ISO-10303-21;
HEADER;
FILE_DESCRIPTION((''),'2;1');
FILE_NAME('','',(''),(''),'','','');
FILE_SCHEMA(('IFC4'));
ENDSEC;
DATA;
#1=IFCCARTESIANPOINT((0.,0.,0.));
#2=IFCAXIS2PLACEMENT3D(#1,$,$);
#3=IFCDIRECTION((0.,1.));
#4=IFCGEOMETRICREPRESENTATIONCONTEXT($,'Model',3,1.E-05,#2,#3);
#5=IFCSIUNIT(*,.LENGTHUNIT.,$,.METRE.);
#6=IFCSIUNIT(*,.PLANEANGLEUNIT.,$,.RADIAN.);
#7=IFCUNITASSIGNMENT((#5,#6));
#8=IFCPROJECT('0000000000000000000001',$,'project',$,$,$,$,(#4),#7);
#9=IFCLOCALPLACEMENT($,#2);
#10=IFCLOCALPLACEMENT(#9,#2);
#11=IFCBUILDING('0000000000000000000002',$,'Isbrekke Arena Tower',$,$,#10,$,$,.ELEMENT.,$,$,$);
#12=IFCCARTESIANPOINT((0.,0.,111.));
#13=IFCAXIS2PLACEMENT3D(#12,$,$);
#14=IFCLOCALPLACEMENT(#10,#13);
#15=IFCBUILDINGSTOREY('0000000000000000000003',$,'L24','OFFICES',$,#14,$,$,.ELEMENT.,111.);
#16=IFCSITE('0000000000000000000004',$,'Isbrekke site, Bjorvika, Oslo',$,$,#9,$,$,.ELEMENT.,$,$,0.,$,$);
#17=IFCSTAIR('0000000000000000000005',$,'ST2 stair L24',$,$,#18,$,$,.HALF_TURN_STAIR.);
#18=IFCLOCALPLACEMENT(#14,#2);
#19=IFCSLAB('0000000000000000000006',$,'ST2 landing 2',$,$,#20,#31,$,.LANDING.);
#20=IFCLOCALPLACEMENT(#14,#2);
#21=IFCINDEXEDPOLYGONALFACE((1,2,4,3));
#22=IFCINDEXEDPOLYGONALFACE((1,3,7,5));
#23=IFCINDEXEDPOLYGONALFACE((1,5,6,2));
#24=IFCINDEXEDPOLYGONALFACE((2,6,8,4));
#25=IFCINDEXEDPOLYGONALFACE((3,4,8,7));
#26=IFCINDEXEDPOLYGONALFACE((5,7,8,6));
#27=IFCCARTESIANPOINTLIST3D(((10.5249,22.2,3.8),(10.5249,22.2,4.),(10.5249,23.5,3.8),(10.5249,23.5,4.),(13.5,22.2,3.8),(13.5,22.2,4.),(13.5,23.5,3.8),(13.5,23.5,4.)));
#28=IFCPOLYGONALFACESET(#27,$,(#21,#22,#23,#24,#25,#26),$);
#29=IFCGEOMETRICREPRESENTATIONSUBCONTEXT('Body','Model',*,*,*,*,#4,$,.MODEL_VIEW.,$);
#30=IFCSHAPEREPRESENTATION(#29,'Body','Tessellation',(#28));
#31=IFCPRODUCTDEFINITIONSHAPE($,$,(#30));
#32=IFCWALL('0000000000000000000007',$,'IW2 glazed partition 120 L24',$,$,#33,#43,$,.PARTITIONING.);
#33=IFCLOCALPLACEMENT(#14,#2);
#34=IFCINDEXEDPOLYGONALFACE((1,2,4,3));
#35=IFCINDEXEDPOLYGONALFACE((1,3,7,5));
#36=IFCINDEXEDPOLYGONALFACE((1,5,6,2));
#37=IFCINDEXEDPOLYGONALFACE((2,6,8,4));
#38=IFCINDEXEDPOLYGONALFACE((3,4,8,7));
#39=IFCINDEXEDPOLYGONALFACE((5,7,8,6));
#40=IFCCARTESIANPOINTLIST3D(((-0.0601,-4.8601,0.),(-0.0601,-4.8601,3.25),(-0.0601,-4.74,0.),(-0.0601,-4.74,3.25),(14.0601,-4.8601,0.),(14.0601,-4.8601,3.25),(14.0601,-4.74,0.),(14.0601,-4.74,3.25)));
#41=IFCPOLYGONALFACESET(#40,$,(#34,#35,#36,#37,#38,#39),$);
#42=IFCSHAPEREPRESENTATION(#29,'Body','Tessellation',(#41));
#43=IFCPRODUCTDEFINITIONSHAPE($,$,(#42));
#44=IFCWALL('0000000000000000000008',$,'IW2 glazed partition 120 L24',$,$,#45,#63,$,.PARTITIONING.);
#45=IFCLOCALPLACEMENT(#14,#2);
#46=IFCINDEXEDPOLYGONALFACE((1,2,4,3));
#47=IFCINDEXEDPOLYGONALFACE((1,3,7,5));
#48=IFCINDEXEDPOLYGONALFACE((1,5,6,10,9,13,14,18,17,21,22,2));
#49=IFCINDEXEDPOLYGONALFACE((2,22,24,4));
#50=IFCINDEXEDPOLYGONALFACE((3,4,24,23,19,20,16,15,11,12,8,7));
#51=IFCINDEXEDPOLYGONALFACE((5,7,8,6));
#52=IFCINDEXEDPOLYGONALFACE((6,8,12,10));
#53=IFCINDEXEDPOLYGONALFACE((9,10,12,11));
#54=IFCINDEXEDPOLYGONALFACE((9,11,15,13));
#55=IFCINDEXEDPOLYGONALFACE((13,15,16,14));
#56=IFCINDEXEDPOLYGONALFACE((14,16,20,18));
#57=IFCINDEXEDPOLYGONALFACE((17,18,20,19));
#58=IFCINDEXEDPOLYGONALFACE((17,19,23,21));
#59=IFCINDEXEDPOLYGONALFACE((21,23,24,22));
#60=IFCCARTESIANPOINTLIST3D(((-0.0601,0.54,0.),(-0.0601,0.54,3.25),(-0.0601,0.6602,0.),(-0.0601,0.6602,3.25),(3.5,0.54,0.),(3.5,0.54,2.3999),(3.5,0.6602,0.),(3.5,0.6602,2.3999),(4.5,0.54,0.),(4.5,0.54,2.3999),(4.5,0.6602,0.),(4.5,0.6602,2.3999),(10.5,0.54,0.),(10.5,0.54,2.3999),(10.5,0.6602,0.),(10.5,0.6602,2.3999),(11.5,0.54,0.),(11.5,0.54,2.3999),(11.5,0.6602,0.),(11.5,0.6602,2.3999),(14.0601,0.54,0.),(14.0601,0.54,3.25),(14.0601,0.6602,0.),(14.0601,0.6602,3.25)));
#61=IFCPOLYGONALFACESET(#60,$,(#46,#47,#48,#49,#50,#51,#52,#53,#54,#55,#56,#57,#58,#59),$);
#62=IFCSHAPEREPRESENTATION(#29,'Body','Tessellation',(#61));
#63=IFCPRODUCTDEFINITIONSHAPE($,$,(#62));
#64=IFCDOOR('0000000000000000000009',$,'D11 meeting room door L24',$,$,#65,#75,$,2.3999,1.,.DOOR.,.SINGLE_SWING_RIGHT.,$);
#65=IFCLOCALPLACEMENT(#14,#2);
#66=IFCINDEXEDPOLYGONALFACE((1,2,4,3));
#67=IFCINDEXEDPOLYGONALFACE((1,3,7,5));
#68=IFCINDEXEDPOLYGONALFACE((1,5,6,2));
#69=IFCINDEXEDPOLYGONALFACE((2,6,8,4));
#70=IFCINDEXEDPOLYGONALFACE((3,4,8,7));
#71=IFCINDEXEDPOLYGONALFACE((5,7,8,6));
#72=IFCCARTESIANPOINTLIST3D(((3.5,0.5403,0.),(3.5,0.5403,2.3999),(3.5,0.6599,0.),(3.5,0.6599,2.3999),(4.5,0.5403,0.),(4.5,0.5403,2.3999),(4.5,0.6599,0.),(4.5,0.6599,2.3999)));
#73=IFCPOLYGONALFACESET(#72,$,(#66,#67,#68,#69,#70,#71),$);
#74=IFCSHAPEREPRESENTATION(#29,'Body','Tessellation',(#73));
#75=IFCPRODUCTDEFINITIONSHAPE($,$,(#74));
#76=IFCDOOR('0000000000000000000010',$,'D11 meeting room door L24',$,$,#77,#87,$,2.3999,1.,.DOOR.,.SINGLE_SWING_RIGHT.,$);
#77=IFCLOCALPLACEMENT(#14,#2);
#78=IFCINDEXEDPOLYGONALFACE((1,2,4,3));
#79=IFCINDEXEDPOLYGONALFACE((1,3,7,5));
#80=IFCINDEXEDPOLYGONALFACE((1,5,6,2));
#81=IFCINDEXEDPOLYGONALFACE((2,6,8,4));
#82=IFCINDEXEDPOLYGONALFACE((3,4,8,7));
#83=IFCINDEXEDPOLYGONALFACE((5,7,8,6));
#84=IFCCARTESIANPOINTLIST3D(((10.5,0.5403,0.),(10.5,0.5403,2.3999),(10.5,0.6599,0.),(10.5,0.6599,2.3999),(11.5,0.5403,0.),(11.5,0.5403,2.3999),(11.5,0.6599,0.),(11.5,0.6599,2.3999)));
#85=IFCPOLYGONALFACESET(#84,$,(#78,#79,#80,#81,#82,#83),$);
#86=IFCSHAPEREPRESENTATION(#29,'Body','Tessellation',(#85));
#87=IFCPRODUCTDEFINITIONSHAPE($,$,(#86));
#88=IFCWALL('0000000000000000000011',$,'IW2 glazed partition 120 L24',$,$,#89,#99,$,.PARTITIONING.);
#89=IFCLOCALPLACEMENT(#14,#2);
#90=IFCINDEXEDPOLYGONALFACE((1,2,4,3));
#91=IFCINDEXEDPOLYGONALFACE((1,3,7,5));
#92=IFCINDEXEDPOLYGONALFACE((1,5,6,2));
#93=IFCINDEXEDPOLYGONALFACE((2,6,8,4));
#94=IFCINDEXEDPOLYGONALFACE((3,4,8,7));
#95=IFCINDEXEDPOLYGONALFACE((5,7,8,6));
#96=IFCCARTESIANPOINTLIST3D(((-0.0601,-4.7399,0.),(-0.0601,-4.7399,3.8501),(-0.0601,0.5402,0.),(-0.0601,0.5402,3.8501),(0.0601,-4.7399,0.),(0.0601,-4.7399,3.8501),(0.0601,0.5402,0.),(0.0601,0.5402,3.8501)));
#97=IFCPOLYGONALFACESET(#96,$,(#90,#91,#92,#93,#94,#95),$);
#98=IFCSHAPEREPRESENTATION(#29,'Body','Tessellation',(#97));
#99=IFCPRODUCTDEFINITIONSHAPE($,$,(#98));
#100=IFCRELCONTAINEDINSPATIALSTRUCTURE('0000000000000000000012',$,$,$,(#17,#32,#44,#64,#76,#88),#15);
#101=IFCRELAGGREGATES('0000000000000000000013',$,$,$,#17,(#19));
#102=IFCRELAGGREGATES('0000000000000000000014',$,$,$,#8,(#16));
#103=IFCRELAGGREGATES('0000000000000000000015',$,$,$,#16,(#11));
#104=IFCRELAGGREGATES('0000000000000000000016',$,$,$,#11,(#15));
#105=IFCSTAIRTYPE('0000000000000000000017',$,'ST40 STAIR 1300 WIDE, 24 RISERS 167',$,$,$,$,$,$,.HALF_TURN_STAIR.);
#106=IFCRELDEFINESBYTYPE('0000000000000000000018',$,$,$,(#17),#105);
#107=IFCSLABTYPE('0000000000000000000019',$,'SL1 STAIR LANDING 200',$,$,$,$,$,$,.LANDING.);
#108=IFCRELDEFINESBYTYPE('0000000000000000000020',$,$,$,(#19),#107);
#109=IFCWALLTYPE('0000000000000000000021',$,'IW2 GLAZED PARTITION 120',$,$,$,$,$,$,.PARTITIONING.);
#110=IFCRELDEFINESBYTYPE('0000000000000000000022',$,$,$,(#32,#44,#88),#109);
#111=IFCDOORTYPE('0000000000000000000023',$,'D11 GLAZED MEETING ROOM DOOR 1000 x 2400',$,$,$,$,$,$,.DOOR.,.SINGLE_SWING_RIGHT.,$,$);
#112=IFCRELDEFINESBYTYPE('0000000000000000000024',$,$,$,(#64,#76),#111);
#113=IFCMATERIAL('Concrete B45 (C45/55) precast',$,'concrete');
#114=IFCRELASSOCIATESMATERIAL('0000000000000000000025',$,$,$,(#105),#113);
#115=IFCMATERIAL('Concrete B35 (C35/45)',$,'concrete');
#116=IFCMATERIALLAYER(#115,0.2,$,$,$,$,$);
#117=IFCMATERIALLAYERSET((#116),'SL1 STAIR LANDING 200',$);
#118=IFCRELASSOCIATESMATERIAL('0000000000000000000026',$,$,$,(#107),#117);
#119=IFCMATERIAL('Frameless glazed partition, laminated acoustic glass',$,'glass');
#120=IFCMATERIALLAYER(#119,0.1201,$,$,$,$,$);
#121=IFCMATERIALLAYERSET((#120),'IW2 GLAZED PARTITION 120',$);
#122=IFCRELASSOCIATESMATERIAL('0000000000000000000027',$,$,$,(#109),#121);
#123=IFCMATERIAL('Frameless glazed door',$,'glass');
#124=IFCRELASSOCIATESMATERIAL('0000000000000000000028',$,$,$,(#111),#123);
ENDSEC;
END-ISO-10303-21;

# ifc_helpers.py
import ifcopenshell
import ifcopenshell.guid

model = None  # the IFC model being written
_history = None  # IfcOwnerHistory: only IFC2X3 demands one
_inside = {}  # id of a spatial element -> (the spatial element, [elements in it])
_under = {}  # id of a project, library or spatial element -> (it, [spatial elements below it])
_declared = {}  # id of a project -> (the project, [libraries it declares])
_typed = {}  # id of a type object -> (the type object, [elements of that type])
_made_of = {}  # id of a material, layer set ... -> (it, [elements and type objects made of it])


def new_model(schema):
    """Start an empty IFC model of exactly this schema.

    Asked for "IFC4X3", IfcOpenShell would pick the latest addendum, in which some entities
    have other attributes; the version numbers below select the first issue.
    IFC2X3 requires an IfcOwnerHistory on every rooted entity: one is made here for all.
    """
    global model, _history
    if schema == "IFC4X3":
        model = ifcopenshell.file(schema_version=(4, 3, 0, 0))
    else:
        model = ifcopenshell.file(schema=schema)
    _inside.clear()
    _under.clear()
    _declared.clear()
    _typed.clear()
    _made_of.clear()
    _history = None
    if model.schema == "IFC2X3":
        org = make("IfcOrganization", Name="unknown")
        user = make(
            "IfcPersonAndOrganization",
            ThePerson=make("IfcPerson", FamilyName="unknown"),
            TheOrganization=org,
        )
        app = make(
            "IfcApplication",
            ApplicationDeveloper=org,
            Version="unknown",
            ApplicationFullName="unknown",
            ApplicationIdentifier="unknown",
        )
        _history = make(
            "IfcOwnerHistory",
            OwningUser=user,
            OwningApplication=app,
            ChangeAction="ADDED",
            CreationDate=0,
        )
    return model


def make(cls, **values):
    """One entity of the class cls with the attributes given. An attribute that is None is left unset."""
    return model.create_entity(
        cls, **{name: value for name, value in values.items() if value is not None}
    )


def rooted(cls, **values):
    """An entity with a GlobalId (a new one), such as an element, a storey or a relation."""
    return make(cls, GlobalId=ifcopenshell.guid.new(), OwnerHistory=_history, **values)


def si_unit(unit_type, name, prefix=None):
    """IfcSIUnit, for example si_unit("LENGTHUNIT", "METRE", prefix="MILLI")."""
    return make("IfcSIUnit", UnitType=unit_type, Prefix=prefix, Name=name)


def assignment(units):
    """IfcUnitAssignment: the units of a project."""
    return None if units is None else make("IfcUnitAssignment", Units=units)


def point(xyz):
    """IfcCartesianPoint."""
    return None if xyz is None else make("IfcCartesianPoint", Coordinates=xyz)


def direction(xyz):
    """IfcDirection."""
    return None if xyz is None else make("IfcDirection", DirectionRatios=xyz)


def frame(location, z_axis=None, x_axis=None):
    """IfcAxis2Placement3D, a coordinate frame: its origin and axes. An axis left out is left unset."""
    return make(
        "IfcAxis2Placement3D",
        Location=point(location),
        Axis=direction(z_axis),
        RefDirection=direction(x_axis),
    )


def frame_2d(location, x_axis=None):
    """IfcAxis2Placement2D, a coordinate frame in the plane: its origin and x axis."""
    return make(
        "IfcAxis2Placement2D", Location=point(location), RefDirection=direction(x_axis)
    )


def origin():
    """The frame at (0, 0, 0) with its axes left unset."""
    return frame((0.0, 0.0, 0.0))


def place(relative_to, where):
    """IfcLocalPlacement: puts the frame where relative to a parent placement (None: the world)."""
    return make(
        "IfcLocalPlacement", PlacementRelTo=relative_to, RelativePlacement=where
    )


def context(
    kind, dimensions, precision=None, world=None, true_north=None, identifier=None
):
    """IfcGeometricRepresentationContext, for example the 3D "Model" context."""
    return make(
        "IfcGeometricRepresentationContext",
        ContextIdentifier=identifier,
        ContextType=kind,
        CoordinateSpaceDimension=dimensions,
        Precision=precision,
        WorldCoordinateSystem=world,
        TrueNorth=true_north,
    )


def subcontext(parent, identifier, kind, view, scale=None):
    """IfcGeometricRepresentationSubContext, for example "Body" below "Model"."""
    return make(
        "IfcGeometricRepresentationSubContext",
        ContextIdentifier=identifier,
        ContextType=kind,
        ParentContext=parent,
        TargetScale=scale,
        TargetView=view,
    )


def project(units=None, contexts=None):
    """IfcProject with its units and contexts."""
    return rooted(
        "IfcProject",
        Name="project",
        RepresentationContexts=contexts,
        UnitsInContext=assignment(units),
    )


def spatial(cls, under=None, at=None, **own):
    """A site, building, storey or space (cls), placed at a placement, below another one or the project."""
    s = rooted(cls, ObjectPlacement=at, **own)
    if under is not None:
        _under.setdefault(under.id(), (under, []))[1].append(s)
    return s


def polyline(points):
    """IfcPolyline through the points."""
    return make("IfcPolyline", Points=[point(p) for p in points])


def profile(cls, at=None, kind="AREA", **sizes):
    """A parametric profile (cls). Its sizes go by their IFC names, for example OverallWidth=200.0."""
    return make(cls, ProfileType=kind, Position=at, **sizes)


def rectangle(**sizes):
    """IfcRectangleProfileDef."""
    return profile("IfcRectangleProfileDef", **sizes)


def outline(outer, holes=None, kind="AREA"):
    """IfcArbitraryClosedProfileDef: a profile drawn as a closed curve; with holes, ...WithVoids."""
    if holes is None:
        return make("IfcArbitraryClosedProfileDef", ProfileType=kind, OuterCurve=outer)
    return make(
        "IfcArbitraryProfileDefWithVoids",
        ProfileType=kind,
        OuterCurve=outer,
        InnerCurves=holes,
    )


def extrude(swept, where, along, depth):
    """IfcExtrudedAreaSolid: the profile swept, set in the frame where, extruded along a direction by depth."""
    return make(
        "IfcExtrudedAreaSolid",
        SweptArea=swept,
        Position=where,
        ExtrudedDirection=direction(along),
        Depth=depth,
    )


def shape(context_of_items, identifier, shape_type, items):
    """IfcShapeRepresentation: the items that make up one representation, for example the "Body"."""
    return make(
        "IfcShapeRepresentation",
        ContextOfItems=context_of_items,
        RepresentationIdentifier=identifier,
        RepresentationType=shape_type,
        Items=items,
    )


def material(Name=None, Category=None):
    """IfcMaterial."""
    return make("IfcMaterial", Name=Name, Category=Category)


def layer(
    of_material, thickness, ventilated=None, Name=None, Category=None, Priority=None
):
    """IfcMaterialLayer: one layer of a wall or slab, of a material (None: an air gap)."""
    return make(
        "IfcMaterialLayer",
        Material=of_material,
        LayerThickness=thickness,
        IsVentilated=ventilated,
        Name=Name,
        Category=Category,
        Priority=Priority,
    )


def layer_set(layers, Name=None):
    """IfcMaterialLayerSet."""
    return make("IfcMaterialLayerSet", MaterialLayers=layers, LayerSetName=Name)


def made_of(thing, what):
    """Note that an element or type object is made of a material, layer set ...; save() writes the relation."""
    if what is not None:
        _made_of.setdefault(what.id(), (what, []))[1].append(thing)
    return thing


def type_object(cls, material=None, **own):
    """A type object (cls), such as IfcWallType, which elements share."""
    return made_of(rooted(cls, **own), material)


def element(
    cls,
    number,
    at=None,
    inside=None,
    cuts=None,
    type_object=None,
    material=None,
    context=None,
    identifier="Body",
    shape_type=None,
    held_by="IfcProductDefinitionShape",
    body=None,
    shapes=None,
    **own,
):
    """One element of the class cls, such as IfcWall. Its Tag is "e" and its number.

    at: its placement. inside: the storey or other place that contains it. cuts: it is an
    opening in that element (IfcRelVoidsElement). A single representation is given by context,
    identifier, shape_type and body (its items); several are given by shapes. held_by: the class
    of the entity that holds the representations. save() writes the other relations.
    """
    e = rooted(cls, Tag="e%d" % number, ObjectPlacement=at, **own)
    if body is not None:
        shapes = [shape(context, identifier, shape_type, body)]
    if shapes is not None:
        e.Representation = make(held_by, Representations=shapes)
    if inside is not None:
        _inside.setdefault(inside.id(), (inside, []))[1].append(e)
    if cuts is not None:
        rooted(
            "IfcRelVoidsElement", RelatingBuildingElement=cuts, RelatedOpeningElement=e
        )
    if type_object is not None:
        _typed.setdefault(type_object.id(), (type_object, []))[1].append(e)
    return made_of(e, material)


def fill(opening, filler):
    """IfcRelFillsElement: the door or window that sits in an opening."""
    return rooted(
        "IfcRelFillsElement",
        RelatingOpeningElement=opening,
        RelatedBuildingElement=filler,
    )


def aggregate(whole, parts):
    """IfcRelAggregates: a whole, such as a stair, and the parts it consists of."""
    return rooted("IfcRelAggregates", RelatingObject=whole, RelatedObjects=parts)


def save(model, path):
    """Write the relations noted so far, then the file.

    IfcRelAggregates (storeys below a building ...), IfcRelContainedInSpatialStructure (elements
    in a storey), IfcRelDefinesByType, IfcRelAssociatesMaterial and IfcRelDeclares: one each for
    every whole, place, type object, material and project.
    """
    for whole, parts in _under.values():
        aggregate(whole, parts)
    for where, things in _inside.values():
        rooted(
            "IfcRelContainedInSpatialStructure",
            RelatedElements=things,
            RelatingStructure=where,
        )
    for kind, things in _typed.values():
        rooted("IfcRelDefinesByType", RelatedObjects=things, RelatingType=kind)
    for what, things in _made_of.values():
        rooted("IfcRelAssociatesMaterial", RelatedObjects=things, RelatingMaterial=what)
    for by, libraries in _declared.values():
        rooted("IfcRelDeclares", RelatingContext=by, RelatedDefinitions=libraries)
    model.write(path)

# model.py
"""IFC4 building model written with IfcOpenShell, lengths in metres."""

from ifc_helpers import new_model, si_unit, direction, frame, frame_2d, origin, place, context, subcontext, project, spatial, polyline, rectangle, outline, extrude, material, layer, layer_set, type_object, element, fill, aggregate, save


model = new_model("IFC4")

# Units and contexts
model_context = context("Model", 3, precision=1e-05, world=origin(), true_north=direction((0.0, 1.0)))
body_context = subcontext(model_context, "Body", "Model", "MODEL_VIEW")
ifc_project = project(units=[si_unit("LENGTHUNIT", "METRE"), si_unit("PLANEANGLEUNIT", "RADIAN")], contexts=[model_context])

# Site, building, storey
site_placement = place(None, origin())
site = spatial("IfcSite", under=ifc_project, at=site_placement, Name="Isbrekke site, Bjorvika, Oslo", CompositionType="ELEMENT", RefElevation=0.0)
building_placement = place(site_placement, origin())
building = spatial("IfcBuilding", under=site, at=building_placement, Name="Isbrekke Arena Tower", CompositionType="ELEMENT")
storey_placement = place(building_placement, frame((0.0, 0.0, 111.0)))
storey = spatial("IfcBuildingStorey", under=building, at=storey_placement, Name="L24", Description="OFFICES", CompositionType="ELEMENT", Elevation=111.0)

# Stair, slab
ifc_material_1 = material(Name="Concrete B45 (C45/55) precast", Category="concrete")
stair_type = type_object("IfcStairType", Name="ST40 STAIR 1300 WIDE, 24 RISERS 167", PredefinedType="HALF_TURN_STAIR", material=ifc_material_1)
ifc_material_2 = material(Name="Concrete B35 (C35/45)", Category="concrete")
ifc_layer_1 = layer(ifc_material_2, 0.2)
ifc_layer_set_1 = layer_set([ifc_layer_1], Name="SL1 STAIR LANDING 200")
slab_type_1 = type_object("IfcSlabType", Name="SL1 STAIR LANDING 200", PredefinedType="LANDING", material=ifc_layer_set_1)
stair_1_placement = place(storey_placement, origin())
stair_1 = element("IfcStair", 1, at=stair_1_placement, inside=storey, type_object=stair_type, Name="ST2 stair L24", PredefinedType="HALF_TURN_STAIR")
slab_1_placement = place(storey_placement, frame((0.0, 0.0, 3.8)))
slab_1 = element("IfcSlab", 2, at=slab_1_placement, type_object=slab_type_1, Name="ST2 landing 2", PredefinedType="LANDING", context=body_context, shape_type="SweptSolid", body=[
    extrude(outline(polyline([(10.5249, 22.2), (13.5, 22.2), (13.5, 23.5), (10.5249, 23.5), (10.5249, 22.2)])), origin(), (0.0, 0.0, 1.0), 0.2),
])
aggregate(stair_1, [slab_1])

# Wall
ifc_material_3 = material(Name="Frameless glazed partition, laminated acoustic glass", Category="glass")
ifc_layer_2 = layer(ifc_material_3, 0.1201)
ifc_layer_set_2 = layer_set([ifc_layer_2], Name="IW2 GLAZED PARTITION 120")
wall_type = type_object("IfcWallType", Name="IW2 GLAZED PARTITION 120", PredefinedType="PARTITIONING", material=ifc_layer_set_2)
wall_1_placement = place(storey_placement, frame((-0.0601, -4.8, 0.0), z_axis=(0.0, 0.0, 1.0), x_axis=(1.0, 0.0, 0.0)))
element("IfcWall", 3, at=wall_1_placement, inside=storey, type_object=wall_type, Name="IW2 glazed partition 120 L24", PredefinedType="PARTITIONING", context=body_context, shape_type="SweptSolid", body=[
    extrude(rectangle(XDim=14.1201, YDim=0.1201, at=frame_2d((7.0601, 0.0))), origin(), (0.0, 0.0, 1.0), 3.25),
])

# Wall, openings, doors
wall_2_placement = place(storey_placement, frame((-0.0601, 0.6001, 0.0), z_axis=(0.0, 0.0, 1.0), x_axis=(1.0, 0.0, 0.0)))
wall_2 = element("IfcWall", 4, at=wall_2_placement, inside=storey, type_object=wall_type, Name="IW2 glazed partition 120 L24", PredefinedType="PARTITIONING", context=body_context, shape_type="SweptSolid", body=[
    extrude(rectangle(XDim=14.1201, YDim=0.1201, at=frame_2d((7.0601, 0.0))), origin(), (0.0, 0.0, 1.0), 3.25),
])
opening_1_placement = place(wall_2_placement, frame((3.5601, 0.0, 0.0)))
opening_1 = element("IfcOpeningElement", 5, at=opening_1_placement, cuts=wall_2, PredefinedType="OPENING", context=body_context, shape_type="SweptSolid", body=[
    extrude(rectangle(XDim=1.0, YDim=2.3999, at=frame_2d((0.5, 1.2))), frame((0.0, 0.075, 0.0), z_axis=(0.0, -1.0, 0.0), x_axis=(1.0, 0.0, 0.0)), (0.0, 0.0, 1.0), 0.1499),
])
opening_2_placement = place(wall_2_placement, frame((10.5601, 0.0, 0.0)))
opening_2 = element("IfcOpeningElement", 6, at=opening_2_placement, cuts=wall_2, PredefinedType="OPENING", context=body_context, shape_type="SweptSolid", body=[
    extrude(rectangle(XDim=1.0, YDim=2.3999, at=frame_2d((0.5, 1.2))), frame((0.0, 0.075, 0.0), z_axis=(0.0, -1.0, 0.0), x_axis=(1.0, 0.0, 0.0)), (0.0, 0.0, 1.0), 0.1499),
])
ifc_material_4 = material(Name="Frameless glazed door", Category="glass")
door_type = type_object("IfcDoorType", Name="D11 GLAZED MEETING ROOM DOOR 1000 x 2400", OperationType="SINGLE_SWING_RIGHT", PredefinedType="DOOR", material=ifc_material_4)
door_1_placement = place(opening_1_placement, origin())
door_1 = element("IfcDoor", 7, at=door_1_placement, inside=storey, type_object=door_type, Name="D11 meeting room door L24", OperationType="SINGLE_SWING_RIGHT", OverallHeight=2.3999, OverallWidth=1.0, PredefinedType="DOOR", context=body_context, shape_type="SweptSolid", body=[
    extrude(rectangle(XDim=1.0, YDim=2.3999, at=frame_2d((0.5, 1.2))), frame((0.0, 0.0598, 0.0), z_axis=(0.0, -1.0, 0.0), x_axis=(1.0, 0.0, 0.0)), (0.0, 0.0, 1.0), 0.1196),
])
fill(opening_1, door_1)
door_2_placement = place(opening_2_placement, origin())
door_2 = element("IfcDoor", 8, at=door_2_placement, inside=storey, type_object=door_type, Name="D11 meeting room door L24", OperationType="SINGLE_SWING_RIGHT", OverallHeight=2.3999, OverallWidth=1.0, PredefinedType="DOOR", context=body_context, shape_type="SweptSolid", body=[
    extrude(rectangle(XDim=1.0, YDim=2.3999, at=frame_2d((0.5, 1.2))), frame((0.0, 0.0598, 0.0), z_axis=(0.0, -1.0, 0.0), x_axis=(1.0, 0.0, 0.0)), (0.0, 0.0, 1.0), 0.1196),
])
fill(opening_2, door_2)

# Wall
wall_3_placement = place(storey_placement, frame((0.0, -4.74, 0.0), z_axis=(0.0, 0.0, 1.0), x_axis=(0.0, 1.0, 0.0)))
element("IfcWall", 9, at=wall_3_placement, inside=storey, type_object=wall_type, Name="IW2 glazed partition 120 L24", PredefinedType="PARTITIONING", context=body_context, shape_type="SweptSolid", body=[
    extrude(rectangle(XDim=5.28, YDim=0.1201, at=frame_2d((2.6401, 0.0))), origin(), (0.0, 0.0, 1.0), 3.8501),
])

save(model, "model.ifc")
